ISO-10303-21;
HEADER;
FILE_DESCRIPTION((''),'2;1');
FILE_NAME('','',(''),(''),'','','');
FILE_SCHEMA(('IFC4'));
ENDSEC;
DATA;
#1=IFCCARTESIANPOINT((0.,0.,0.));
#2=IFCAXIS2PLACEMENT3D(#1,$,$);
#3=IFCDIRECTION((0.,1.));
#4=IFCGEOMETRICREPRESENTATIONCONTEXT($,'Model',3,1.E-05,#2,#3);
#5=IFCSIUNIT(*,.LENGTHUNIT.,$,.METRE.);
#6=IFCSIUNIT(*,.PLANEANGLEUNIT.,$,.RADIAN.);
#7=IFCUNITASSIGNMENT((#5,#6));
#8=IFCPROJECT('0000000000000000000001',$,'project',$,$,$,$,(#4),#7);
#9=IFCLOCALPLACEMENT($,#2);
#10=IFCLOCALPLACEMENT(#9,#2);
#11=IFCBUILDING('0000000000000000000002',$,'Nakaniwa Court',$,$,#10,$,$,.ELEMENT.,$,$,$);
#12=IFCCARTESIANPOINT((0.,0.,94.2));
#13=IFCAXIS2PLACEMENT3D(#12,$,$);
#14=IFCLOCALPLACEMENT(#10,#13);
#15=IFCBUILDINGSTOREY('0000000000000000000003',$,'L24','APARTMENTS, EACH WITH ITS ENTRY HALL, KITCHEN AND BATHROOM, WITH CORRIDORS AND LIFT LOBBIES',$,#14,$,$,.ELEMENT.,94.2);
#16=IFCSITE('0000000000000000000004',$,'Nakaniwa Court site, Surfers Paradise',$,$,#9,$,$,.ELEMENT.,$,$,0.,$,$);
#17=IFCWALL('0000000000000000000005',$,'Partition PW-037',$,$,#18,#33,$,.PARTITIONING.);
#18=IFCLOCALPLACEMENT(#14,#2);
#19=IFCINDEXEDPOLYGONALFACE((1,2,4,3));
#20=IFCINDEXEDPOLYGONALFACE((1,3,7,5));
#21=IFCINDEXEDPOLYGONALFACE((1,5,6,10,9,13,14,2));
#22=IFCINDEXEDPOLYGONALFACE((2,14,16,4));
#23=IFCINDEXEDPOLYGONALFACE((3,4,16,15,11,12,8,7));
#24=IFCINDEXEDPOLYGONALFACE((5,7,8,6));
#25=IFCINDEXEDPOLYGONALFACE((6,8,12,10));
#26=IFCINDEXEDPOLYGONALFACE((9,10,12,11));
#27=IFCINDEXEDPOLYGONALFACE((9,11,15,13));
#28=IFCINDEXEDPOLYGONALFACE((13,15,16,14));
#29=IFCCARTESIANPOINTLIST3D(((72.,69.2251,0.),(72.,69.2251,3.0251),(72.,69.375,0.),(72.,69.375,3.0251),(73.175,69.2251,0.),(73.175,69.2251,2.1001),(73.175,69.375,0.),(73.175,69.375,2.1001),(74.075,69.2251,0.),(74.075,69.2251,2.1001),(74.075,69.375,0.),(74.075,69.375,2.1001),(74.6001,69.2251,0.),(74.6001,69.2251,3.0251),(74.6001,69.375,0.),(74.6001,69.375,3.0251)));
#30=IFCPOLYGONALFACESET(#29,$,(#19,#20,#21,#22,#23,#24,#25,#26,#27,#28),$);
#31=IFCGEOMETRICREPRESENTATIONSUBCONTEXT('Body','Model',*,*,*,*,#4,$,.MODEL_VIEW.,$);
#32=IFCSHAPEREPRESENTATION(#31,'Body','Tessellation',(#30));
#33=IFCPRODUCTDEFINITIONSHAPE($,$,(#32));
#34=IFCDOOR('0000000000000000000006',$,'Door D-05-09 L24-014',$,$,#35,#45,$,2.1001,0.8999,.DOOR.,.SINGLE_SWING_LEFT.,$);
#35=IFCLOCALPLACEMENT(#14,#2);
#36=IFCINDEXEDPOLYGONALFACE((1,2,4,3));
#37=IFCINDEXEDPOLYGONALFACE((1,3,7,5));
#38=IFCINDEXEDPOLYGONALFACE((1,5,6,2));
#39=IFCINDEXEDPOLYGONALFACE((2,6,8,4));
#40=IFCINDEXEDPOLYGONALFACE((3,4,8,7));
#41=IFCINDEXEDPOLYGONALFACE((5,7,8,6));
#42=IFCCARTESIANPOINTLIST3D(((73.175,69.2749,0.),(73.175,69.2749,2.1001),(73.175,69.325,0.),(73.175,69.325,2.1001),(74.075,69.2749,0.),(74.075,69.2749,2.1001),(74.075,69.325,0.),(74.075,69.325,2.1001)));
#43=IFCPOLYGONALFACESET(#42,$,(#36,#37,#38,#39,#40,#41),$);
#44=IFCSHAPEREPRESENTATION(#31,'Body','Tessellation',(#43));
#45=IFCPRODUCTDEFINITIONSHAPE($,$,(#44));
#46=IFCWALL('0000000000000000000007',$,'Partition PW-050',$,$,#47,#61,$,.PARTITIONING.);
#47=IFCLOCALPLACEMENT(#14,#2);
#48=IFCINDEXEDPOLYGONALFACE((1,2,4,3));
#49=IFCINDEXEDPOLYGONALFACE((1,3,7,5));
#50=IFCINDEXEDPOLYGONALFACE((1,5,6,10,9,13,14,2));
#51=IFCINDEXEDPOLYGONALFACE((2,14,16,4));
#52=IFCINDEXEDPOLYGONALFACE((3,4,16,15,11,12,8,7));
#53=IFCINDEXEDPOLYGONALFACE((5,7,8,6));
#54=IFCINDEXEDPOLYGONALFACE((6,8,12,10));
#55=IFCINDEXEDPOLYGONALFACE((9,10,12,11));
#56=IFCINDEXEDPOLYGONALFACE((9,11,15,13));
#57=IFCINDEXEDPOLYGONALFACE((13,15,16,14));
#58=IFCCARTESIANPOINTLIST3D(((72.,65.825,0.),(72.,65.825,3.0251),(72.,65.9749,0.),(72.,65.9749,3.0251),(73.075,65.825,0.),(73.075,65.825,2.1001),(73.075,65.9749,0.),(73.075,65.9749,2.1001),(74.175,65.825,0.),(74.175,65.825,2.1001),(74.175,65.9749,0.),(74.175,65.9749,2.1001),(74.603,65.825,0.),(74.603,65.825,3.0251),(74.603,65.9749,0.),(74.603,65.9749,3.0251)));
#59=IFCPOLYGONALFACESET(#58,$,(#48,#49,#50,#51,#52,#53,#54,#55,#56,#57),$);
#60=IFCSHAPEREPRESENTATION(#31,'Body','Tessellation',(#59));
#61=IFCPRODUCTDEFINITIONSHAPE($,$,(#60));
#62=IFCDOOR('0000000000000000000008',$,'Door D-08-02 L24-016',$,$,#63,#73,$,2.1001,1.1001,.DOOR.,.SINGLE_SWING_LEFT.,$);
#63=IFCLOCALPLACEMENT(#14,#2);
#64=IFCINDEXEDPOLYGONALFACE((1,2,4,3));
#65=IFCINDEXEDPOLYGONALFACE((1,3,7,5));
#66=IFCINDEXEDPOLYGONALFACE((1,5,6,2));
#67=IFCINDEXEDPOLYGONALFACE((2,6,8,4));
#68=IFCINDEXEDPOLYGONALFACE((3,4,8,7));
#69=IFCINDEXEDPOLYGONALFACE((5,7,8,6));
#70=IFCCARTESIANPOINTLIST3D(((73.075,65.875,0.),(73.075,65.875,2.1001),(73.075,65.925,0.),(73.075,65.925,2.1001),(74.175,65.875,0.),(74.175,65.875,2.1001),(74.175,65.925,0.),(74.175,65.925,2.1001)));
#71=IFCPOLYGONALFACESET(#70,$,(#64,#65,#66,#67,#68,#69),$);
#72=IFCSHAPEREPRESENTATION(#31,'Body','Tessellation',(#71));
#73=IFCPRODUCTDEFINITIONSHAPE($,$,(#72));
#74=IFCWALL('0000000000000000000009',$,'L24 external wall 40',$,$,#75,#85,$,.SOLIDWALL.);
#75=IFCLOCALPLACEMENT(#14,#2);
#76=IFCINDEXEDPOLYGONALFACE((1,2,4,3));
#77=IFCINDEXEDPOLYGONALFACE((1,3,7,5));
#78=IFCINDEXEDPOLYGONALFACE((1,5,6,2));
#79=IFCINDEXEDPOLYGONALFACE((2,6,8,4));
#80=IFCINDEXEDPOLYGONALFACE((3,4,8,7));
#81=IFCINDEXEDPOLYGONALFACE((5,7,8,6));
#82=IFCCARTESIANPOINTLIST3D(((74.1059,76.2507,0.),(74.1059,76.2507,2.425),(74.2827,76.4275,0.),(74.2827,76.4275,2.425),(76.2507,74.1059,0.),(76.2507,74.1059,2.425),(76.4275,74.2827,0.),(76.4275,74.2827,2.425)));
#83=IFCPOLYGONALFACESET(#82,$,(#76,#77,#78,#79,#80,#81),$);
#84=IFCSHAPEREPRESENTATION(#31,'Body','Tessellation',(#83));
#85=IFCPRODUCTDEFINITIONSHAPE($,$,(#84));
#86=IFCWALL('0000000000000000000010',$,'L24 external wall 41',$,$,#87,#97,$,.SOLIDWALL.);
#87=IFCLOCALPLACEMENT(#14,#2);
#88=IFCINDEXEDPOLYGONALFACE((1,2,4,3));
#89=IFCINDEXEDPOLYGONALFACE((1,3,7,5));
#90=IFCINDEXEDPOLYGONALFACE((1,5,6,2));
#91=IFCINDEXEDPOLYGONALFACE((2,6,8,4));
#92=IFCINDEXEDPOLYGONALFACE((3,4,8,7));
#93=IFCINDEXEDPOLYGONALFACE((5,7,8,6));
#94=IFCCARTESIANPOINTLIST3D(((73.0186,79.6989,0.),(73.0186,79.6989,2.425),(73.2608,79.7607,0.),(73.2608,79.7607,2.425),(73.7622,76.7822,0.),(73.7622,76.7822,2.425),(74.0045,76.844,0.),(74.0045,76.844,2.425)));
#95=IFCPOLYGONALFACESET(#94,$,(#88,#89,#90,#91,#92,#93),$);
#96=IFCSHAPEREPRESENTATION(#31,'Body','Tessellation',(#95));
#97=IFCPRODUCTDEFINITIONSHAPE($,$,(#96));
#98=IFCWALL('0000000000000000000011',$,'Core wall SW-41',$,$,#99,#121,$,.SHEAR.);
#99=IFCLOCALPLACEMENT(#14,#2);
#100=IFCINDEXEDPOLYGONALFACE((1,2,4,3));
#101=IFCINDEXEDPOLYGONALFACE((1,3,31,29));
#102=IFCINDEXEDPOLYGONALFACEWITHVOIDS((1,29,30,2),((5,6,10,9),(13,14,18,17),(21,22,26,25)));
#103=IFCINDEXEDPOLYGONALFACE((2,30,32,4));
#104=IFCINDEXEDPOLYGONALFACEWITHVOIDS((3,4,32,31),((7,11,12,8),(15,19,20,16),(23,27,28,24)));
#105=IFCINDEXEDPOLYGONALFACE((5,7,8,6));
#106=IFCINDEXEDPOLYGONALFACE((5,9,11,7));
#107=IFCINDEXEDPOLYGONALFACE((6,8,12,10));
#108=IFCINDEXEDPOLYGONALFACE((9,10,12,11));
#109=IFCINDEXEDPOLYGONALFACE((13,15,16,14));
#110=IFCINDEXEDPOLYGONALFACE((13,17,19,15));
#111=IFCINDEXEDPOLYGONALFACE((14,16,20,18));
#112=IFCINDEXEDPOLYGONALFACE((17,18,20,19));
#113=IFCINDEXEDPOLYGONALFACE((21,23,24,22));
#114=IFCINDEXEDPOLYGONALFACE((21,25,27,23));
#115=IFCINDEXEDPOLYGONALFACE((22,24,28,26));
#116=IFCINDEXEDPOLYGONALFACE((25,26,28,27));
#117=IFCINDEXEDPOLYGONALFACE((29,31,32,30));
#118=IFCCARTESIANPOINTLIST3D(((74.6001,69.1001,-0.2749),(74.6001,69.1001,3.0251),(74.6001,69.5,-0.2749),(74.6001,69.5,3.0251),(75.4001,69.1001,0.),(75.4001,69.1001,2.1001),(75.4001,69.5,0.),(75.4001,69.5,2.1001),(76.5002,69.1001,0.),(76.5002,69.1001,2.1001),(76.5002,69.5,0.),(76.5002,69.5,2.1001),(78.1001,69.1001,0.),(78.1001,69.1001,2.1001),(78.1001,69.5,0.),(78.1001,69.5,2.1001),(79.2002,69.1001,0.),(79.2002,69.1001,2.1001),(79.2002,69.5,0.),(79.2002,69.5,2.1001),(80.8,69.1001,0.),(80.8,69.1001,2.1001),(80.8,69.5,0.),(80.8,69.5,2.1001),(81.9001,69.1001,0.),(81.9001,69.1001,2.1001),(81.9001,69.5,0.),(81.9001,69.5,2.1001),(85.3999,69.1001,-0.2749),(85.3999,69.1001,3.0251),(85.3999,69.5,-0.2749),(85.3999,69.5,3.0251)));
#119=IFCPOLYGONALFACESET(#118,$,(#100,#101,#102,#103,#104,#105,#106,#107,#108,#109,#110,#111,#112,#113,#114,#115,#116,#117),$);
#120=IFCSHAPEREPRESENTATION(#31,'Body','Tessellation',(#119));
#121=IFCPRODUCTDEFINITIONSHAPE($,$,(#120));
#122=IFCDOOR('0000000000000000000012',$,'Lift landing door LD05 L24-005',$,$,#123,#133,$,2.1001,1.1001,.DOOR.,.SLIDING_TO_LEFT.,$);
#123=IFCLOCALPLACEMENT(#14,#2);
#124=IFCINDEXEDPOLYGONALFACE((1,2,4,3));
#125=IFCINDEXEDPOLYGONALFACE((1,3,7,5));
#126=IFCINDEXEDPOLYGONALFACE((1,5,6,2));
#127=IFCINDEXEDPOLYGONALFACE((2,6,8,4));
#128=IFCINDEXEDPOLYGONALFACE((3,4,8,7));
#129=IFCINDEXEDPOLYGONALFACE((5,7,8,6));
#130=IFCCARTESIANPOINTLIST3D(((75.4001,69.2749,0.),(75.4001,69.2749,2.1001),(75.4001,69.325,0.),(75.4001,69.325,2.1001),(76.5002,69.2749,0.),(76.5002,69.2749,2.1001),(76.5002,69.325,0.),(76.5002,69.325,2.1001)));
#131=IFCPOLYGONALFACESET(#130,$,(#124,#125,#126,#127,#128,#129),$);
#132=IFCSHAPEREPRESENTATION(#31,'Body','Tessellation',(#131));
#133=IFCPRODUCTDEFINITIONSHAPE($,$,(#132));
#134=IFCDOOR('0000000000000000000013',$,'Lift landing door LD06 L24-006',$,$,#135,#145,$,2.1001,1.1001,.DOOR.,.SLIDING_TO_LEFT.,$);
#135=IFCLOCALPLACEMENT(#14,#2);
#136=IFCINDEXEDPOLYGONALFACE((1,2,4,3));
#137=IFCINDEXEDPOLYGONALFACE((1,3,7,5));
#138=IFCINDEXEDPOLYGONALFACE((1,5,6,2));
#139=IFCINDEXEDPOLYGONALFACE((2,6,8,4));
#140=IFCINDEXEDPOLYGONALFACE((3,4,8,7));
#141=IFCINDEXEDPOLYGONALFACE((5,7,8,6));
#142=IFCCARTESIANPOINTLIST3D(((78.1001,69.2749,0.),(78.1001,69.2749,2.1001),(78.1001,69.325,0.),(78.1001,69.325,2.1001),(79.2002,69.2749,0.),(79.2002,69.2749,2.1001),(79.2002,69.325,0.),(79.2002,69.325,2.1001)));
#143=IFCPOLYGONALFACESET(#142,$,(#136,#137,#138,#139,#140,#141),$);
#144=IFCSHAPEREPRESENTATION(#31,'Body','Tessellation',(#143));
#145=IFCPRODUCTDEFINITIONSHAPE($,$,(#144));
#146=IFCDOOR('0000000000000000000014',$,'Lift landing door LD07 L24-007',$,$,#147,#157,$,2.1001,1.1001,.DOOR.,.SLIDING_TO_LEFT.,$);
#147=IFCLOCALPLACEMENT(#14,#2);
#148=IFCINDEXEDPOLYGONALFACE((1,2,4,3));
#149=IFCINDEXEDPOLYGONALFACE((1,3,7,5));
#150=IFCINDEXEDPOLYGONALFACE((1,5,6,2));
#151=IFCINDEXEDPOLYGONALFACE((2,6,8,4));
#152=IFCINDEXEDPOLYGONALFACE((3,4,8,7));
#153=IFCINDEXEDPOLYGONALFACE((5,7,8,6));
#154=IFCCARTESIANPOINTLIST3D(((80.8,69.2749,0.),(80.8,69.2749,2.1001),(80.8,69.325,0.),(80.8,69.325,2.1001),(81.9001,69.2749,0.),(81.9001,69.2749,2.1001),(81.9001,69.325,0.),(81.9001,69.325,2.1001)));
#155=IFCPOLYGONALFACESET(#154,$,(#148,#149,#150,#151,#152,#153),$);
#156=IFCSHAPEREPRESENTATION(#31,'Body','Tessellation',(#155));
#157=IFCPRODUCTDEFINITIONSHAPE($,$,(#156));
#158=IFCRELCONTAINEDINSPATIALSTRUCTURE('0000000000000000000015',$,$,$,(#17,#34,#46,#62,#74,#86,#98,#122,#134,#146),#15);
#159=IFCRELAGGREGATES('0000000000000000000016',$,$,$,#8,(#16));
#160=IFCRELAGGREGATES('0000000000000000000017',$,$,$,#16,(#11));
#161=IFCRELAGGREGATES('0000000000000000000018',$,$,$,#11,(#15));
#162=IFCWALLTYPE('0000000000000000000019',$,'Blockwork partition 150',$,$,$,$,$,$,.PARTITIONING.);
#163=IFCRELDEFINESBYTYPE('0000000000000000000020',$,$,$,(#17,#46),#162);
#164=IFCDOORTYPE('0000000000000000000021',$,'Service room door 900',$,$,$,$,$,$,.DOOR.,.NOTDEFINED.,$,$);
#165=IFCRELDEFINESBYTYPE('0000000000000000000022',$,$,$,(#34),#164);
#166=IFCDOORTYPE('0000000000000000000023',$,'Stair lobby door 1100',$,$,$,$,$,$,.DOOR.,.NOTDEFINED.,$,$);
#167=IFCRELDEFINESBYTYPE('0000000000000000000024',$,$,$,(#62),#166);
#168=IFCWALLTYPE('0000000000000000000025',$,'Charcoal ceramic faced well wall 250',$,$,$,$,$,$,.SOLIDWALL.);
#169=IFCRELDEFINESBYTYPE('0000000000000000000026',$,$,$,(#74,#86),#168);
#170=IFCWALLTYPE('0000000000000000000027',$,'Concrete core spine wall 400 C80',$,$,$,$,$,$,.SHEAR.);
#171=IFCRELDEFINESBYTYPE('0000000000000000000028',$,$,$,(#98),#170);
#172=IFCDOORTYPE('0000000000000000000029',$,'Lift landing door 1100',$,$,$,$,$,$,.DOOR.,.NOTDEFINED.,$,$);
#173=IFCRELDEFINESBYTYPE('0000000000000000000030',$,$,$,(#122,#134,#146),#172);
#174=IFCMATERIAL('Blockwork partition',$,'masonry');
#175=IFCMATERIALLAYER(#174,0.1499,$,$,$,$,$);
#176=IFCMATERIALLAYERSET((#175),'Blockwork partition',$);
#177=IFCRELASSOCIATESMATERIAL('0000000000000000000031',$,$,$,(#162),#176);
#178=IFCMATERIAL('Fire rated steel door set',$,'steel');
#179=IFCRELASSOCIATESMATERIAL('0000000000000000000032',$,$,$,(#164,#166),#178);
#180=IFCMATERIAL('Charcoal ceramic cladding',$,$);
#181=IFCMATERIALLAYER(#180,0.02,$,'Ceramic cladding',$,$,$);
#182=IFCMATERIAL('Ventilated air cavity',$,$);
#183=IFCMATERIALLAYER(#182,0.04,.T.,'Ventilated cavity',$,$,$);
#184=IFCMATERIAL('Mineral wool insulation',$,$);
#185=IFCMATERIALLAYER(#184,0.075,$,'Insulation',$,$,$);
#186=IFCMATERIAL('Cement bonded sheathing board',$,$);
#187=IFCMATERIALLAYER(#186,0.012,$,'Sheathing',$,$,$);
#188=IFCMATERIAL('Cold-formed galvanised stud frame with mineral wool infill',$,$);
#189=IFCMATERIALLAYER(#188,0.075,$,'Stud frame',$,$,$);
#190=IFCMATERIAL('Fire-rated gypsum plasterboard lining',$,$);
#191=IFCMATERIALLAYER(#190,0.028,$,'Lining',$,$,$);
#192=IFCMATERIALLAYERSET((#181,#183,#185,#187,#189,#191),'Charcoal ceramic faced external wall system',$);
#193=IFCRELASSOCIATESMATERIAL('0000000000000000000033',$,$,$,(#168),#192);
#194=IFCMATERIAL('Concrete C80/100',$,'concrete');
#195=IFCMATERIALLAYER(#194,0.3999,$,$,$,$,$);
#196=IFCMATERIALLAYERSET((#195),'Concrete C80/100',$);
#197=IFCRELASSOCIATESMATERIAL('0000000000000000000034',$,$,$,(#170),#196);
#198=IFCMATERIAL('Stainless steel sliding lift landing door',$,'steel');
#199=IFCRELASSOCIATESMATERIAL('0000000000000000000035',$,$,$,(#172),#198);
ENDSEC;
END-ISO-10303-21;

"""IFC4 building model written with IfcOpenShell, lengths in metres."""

from ifc_helpers import new_model, si_unit, direction, frame, frame_2d, origin, place, context, subcontext, project, spatial, rectangle, extrude, material, layer, layer_set, type_object, element, fill, save


model = new_model("IFC4")

# Units and contexts
model_context = context("Model", 3, precision=1e-05, world=origin(), true_north=direction((0.0, 1.0)))
body_context = subcontext(model_context, "Body", "Model", "MODEL_VIEW")
ifc_project = project(units=[si_unit("LENGTHUNIT", "METRE"), si_unit("PLANEANGLEUNIT", "RADIAN")], contexts=[model_context])

# Site, building, storey
site_placement = place(None, origin())
site = spatial("IfcSite", under=ifc_project, at=site_placement, Name="Nakaniwa Court site, Surfers Paradise", CompositionType="ELEMENT", RefElevation=0.0)
building_placement = place(site_placement, origin())
building = spatial("IfcBuilding", under=site, at=building_placement, Name="Nakaniwa Court", CompositionType="ELEMENT")
storey_placement = place(building_placement, frame((0.0, 0.0, 94.2)))
storey = spatial("IfcBuildingStorey", under=building, at=storey_placement, Name="L24", Description="APARTMENTS, EACH WITH ITS ENTRY HALL, KITCHEN AND BATHROOM, WITH CORRIDORS AND LIFT LOBBIES", CompositionType="ELEMENT", Elevation=94.2)

# Shared definitions
ifc_material_1 = material(Name="Concrete C80/100", Category="concrete")

# Walls, openings, doors
ifc_material_2 = material(Name="Blockwork partition", Category="masonry")
ifc_layer_1 = layer(ifc_material_2, 0.1499)
ifc_layer_set_1 = layer_set([ifc_layer_1], Name="Blockwork partition")
wall_type_1 = type_object("IfcWallType", Name="Blockwork partition 150", PredefinedType="PARTITIONING", material=ifc_layer_set_1)
wall_1_placement = place(storey_placement, frame((72.0, 69.3, 0.0), z_axis=(0.0, 0.0, 1.0), x_axis=(1.0, 0.0, 0.0)))
wall_1 = element("IfcWall", 1, at=wall_1_placement, inside=storey, type_object=wall_type_1, Name="Partition PW-037", PredefinedType="PARTITIONING", context=body_context, shape_type="SweptSolid", body=[
    extrude(rectangle(XDim=2.6001, YDim=0.1499, at=frame_2d((1.3, 0.0))), origin(), (0.0, 0.0, 1.0), 3.0251),
])
opening_1_placement = place(wall_1_placement, frame((1.175, 0.0, 0.0)))
opening_1 = element("IfcOpeningElement", 2, at=opening_1_placement, cuts=wall_1, PredefinedType="OPENING", context=body_context, shape_type="SweptSolid", body=[
    extrude(rectangle(XDim=0.8999, YDim=2.1001, at=frame_2d((0.45, 1.05))), frame((0.0, 0.085, 0.0), z_axis=(0.0, -1.0, 0.0), x_axis=(1.0, 0.0, 0.0)), (0.0, 0.0, 1.0), 0.1699),
])
ifc_material_3 = material(Name="Fire rated steel door set", Category="steel")
door_type_1 = type_object("IfcDoorType", Name="Service room door 900", OperationType="NOTDEFINED", PredefinedType="DOOR", material=ifc_material_3)
door_1_placement = place(opening_1_placement, origin())
door_1 = element("IfcDoor", 3, at=door_1_placement, inside=storey, type_object=door_type_1, Name="Door D-05-09 L24-014", OperationType="SINGLE_SWING_LEFT", OverallHeight=2.1001, OverallWidth=0.8999, PredefinedType="DOOR", context=body_context, shape_type="SweptSolid", body=[
    extrude(rectangle(XDim=0.8999, YDim=2.1001, at=frame_2d((0.45, 1.05))), frame((0.0, 0.0249, 0.0), z_axis=(0.0, -1.0, 0.0), x_axis=(1.0, 0.0, 0.0)), (0.0, 0.0, 1.0), 0.05),
])
fill(opening_1, door_1)
wall_2_placement = place(storey_placement, frame((74.603, 65.8999, 0.0), z_axis=(0.0, 0.0, 1.0), x_axis=(-1.0, 0.0, 0.0)))
wall_2 = element("IfcWall", 4, at=wall_2_placement, inside=storey, type_object=wall_type_1, Name="Partition PW-050", PredefinedType="PARTITIONING", context=body_context, shape_type="SweptSolid", body=[
    extrude(rectangle(XDim=2.603, YDim=0.1499, at=frame_2d((1.3015, 0.0))), origin(), (0.0, 0.0, 1.0), 3.0251),
])
opening_2_placement = place(wall_2_placement, frame((0.428, 0.0, 0.0)))
opening_2 = element("IfcOpeningElement", 5, at=opening_2_placement, cuts=wall_2, PredefinedType="OPENING", context=body_context, shape_type="SweptSolid", body=[
    extrude(rectangle(XDim=1.1001, YDim=2.1001, at=frame_2d((0.55, 1.05))), frame((0.0, 0.085, 0.0), z_axis=(0.0, -1.0, 0.0), x_axis=(1.0, 0.0, 0.0)), (0.0, 0.0, 1.0), 0.1699),
])
door_type_2 = type_object("IfcDoorType", Name="Stair lobby door 1100", OperationType="NOTDEFINED", PredefinedType="DOOR", material=ifc_material_3)
door_2_placement = place(opening_2_placement, origin())
door_2 = element("IfcDoor", 6, at=door_2_placement, inside=storey, type_object=door_type_2, Name="Door D-08-02 L24-016", OperationType="SINGLE_SWING_LEFT", OverallHeight=2.1001, OverallWidth=1.1001, PredefinedType="DOOR", context=body_context, shape_type="SweptSolid", body=[
    extrude(rectangle(XDim=1.1001, YDim=2.1001, at=frame_2d((0.55, 1.05))), frame((0.0, 0.0249, 0.0), z_axis=(0.0, -1.0, 0.0), x_axis=(1.0, 0.0, 0.0)), (0.0, 0.0, 1.0), 0.05),
])
fill(opening_2, door_2)

# Walls
ifc_material_4 = material(Name="Charcoal ceramic cladding")
ifc_layer_2 = layer(ifc_material_4, 0.02, Name="Ceramic cladding")
ifc_material_5 = material(Name="Ventilated air cavity")
ifc_layer_3 = layer(ifc_material_5, 0.04, ventilated=True, Name="Ventilated cavity")
ifc_material_6 = material(Name="Mineral wool insulation")
ifc_layer_4 = layer(ifc_material_6, 0.075, Name="Insulation")
ifc_material_7 = material(Name="Cement bonded sheathing board")
ifc_layer_5 = layer(ifc_material_7, 0.012, Name="Sheathing")
ifc_material_8 = material(Name="Cold-formed galvanised stud frame with mineral wool infill")
ifc_layer_6 = layer(ifc_material_8, 0.075, Name="Stud frame")
ifc_material_9 = material(Name="Fire-rated gypsum plasterboard lining")
ifc_layer_7 = layer(ifc_material_9, 0.028, Name="Lining")
ifc_layer_set_2 = layer_set([ifc_layer_2, ifc_layer_3, ifc_layer_4, ifc_layer_5, ifc_layer_6, ifc_layer_7], Name="Charcoal ceramic faced external wall system")
wall_type_2 = type_object("IfcWallType", Name="Charcoal ceramic faced well wall 250", PredefinedType="SOLIDWALL", material=ifc_layer_set_2)
wall_3_placement = place(storey_placement, frame((76.3391, 74.1943, 0.0), z_axis=(0.0, 0.0, 1.0), x_axis=(-0.707107, 0.707107, 0.0)))
element("IfcWall", 7, at=wall_3_placement, inside=storey, type_object=wall_type_2, Name="L24 external wall 40", PredefinedType="SOLIDWALL", context=body_context, shape_type="SweptSolid", body=[
    extrude(rectangle(XDim=3.0332, YDim=0.25, at=frame_2d((1.5166, 0.0))), origin(), (0.0, 0.0, 1.0), 2.425),
])
wall_4_placement = place(storey_placement, frame((73.8833, 76.8132, 0.0), z_axis=(0.0, 0.0, 1.0), x_axis=(-0.247056, 0.969001, 0.0)))
element("IfcWall", 8, at=wall_4_placement, inside=storey, type_object=wall_type_2, Name="L24 external wall 41", PredefinedType="SOLIDWALL", context=body_context, shape_type="SweptSolid", body=[
    extrude(rectangle(XDim=3.01, YDim=0.25, at=frame_2d((1.5049, 0.0))), origin(), (0.0, 0.0, 1.0), 2.425),
])

# Wall, openings, doors
ifc_layer_8 = layer(ifc_material_1, 0.3999)
ifc_layer_set_3 = layer_set([ifc_layer_8], Name="Concrete C80/100")
wall_type_3 = type_object("IfcWallType", Name="Concrete core spine wall 400 C80", PredefinedType="SHEAR", material=ifc_layer_set_3)
wall_5_placement = place(storey_placement, frame((74.6001, 69.3, -0.2749), z_axis=(0.0, 0.0, 1.0), x_axis=(1.0, 0.0, 0.0)))
wall_5 = element("IfcWall", 9, at=wall_5_placement, inside=storey, type_object=wall_type_3, Name="Core wall SW-41", PredefinedType="SHEAR", context=body_context, shape_type="SweptSolid", body=[
    extrude(rectangle(XDim=10.7998, YDim=0.3999, at=frame_2d((5.3999, 0.0))), origin(), (0.0, 0.0, 1.0), 3.3),
])
opening_3_placement = place(wall_5_placement, frame((0.8, 0.0, 0.2749)))
opening_3 = element("IfcOpeningElement", 10, at=opening_3_placement, cuts=wall_5, PredefinedType="OPENING", context=body_context, shape_type="SweptSolid", body=[
    extrude(rectangle(XDim=1.1001, YDim=2.1001, at=frame_2d((0.55, 1.05))), frame((0.0, 0.21, 0.0), z_axis=(0.0, -1.0, 0.0), x_axis=(1.0, 0.0, 0.0)), (0.0, 0.0, 1.0), 0.4199),
])
opening_4_placement = place(wall_5_placement, frame((3.5, 0.0, 0.2749)))
opening_4 = element("IfcOpeningElement", 11, at=opening_4_placement, cuts=wall_5, PredefinedType="OPENING", context=body_context, shape_type="SweptSolid", body=[
    extrude(rectangle(XDim=1.1001, YDim=2.1001, at=frame_2d((0.55, 1.05))), frame((0.0, 0.21, 0.0), z_axis=(0.0, -1.0, 0.0), x_axis=(1.0, 0.0, 0.0)), (0.0, 0.0, 1.0), 0.4199),
])
opening_5_placement = place(wall_5_placement, frame((6.2, 0.0, 0.2749)))
opening_5 = element("IfcOpeningElement", 12, at=opening_5_placement, cuts=wall_5, PredefinedType="OPENING", context=body_context, shape_type="SweptSolid", body=[
    extrude(rectangle(XDim=1.1001, YDim=2.1001, at=frame_2d((0.55, 1.05))), frame((0.0, 0.21, 0.0), z_axis=(0.0, -1.0, 0.0), x_axis=(1.0, 0.0, 0.0)), (0.0, 0.0, 1.0), 0.4199),
])
ifc_material_10 = material(Name="Stainless steel sliding lift landing door", Category="steel")
door_type_3 = type_object("IfcDoorType", Name="Lift landing door 1100", OperationType="NOTDEFINED", PredefinedType="DOOR", material=ifc_material_10)
door_3_placement = place(opening_3_placement, origin())
door_3 = element("IfcDoor", 13, at=door_3_placement, inside=storey, type_object=door_type_3, Name="Lift landing door LD05 L24-005", OperationType="SLIDING_TO_LEFT", OverallHeight=2.1001, OverallWidth=1.1001, PredefinedType="DOOR", context=body_context, shape_type="SweptSolid", body=[
    extrude(rectangle(XDim=1.1001, YDim=2.1001, at=frame_2d((0.55, 1.05))), frame((0.0, 0.0249, 0.0), z_axis=(0.0, -1.0, 0.0), x_axis=(1.0, 0.0, 0.0)), (0.0, 0.0, 1.0), 0.05),
])
fill(opening_3, door_3)
door_4_placement = place(opening_4_placement, origin())
door_4 = element("IfcDoor", 14, at=door_4_placement, inside=storey, type_object=door_type_3, Name="Lift landing door LD06 L24-006", OperationType="SLIDING_TO_LEFT", OverallHeight=2.1001, OverallWidth=1.1001, PredefinedType="DOOR", context=body_context, shape_type="SweptSolid", body=[
    extrude(rectangle(XDim=1.1001, YDim=2.1001, at=frame_2d((0.55, 1.05))), frame((0.0, 0.0249, 0.0), z_axis=(0.0, -1.0, 0.0), x_axis=(1.0, 0.0, 0.0)), (0.0, 0.0, 1.0), 0.05),
])
fill(opening_4, door_4)
door_5_placement = place(opening_5_placement, origin())
door_5 = element("IfcDoor", 15, at=door_5_placement, inside=storey, type_object=door_type_3, Name="Lift landing door LD07 L24-007", OperationType="SLIDING_TO_LEFT", OverallHeight=2.1001, OverallWidth=1.1001, PredefinedType="DOOR", context=body_context, shape_type="SweptSolid", body=[
    extrude(rectangle(XDim=1.1001, YDim=2.1001, at=frame_2d((0.55, 1.05))), frame((0.0, 0.0249, 0.0), z_axis=(0.0, -1.0, 0.0), x_axis=(1.0, 0.0, 0.0)), (0.0, 0.0, 1.0), 0.05),
])
fill(opening_5, door_5)

save(model, "model.ifc")
